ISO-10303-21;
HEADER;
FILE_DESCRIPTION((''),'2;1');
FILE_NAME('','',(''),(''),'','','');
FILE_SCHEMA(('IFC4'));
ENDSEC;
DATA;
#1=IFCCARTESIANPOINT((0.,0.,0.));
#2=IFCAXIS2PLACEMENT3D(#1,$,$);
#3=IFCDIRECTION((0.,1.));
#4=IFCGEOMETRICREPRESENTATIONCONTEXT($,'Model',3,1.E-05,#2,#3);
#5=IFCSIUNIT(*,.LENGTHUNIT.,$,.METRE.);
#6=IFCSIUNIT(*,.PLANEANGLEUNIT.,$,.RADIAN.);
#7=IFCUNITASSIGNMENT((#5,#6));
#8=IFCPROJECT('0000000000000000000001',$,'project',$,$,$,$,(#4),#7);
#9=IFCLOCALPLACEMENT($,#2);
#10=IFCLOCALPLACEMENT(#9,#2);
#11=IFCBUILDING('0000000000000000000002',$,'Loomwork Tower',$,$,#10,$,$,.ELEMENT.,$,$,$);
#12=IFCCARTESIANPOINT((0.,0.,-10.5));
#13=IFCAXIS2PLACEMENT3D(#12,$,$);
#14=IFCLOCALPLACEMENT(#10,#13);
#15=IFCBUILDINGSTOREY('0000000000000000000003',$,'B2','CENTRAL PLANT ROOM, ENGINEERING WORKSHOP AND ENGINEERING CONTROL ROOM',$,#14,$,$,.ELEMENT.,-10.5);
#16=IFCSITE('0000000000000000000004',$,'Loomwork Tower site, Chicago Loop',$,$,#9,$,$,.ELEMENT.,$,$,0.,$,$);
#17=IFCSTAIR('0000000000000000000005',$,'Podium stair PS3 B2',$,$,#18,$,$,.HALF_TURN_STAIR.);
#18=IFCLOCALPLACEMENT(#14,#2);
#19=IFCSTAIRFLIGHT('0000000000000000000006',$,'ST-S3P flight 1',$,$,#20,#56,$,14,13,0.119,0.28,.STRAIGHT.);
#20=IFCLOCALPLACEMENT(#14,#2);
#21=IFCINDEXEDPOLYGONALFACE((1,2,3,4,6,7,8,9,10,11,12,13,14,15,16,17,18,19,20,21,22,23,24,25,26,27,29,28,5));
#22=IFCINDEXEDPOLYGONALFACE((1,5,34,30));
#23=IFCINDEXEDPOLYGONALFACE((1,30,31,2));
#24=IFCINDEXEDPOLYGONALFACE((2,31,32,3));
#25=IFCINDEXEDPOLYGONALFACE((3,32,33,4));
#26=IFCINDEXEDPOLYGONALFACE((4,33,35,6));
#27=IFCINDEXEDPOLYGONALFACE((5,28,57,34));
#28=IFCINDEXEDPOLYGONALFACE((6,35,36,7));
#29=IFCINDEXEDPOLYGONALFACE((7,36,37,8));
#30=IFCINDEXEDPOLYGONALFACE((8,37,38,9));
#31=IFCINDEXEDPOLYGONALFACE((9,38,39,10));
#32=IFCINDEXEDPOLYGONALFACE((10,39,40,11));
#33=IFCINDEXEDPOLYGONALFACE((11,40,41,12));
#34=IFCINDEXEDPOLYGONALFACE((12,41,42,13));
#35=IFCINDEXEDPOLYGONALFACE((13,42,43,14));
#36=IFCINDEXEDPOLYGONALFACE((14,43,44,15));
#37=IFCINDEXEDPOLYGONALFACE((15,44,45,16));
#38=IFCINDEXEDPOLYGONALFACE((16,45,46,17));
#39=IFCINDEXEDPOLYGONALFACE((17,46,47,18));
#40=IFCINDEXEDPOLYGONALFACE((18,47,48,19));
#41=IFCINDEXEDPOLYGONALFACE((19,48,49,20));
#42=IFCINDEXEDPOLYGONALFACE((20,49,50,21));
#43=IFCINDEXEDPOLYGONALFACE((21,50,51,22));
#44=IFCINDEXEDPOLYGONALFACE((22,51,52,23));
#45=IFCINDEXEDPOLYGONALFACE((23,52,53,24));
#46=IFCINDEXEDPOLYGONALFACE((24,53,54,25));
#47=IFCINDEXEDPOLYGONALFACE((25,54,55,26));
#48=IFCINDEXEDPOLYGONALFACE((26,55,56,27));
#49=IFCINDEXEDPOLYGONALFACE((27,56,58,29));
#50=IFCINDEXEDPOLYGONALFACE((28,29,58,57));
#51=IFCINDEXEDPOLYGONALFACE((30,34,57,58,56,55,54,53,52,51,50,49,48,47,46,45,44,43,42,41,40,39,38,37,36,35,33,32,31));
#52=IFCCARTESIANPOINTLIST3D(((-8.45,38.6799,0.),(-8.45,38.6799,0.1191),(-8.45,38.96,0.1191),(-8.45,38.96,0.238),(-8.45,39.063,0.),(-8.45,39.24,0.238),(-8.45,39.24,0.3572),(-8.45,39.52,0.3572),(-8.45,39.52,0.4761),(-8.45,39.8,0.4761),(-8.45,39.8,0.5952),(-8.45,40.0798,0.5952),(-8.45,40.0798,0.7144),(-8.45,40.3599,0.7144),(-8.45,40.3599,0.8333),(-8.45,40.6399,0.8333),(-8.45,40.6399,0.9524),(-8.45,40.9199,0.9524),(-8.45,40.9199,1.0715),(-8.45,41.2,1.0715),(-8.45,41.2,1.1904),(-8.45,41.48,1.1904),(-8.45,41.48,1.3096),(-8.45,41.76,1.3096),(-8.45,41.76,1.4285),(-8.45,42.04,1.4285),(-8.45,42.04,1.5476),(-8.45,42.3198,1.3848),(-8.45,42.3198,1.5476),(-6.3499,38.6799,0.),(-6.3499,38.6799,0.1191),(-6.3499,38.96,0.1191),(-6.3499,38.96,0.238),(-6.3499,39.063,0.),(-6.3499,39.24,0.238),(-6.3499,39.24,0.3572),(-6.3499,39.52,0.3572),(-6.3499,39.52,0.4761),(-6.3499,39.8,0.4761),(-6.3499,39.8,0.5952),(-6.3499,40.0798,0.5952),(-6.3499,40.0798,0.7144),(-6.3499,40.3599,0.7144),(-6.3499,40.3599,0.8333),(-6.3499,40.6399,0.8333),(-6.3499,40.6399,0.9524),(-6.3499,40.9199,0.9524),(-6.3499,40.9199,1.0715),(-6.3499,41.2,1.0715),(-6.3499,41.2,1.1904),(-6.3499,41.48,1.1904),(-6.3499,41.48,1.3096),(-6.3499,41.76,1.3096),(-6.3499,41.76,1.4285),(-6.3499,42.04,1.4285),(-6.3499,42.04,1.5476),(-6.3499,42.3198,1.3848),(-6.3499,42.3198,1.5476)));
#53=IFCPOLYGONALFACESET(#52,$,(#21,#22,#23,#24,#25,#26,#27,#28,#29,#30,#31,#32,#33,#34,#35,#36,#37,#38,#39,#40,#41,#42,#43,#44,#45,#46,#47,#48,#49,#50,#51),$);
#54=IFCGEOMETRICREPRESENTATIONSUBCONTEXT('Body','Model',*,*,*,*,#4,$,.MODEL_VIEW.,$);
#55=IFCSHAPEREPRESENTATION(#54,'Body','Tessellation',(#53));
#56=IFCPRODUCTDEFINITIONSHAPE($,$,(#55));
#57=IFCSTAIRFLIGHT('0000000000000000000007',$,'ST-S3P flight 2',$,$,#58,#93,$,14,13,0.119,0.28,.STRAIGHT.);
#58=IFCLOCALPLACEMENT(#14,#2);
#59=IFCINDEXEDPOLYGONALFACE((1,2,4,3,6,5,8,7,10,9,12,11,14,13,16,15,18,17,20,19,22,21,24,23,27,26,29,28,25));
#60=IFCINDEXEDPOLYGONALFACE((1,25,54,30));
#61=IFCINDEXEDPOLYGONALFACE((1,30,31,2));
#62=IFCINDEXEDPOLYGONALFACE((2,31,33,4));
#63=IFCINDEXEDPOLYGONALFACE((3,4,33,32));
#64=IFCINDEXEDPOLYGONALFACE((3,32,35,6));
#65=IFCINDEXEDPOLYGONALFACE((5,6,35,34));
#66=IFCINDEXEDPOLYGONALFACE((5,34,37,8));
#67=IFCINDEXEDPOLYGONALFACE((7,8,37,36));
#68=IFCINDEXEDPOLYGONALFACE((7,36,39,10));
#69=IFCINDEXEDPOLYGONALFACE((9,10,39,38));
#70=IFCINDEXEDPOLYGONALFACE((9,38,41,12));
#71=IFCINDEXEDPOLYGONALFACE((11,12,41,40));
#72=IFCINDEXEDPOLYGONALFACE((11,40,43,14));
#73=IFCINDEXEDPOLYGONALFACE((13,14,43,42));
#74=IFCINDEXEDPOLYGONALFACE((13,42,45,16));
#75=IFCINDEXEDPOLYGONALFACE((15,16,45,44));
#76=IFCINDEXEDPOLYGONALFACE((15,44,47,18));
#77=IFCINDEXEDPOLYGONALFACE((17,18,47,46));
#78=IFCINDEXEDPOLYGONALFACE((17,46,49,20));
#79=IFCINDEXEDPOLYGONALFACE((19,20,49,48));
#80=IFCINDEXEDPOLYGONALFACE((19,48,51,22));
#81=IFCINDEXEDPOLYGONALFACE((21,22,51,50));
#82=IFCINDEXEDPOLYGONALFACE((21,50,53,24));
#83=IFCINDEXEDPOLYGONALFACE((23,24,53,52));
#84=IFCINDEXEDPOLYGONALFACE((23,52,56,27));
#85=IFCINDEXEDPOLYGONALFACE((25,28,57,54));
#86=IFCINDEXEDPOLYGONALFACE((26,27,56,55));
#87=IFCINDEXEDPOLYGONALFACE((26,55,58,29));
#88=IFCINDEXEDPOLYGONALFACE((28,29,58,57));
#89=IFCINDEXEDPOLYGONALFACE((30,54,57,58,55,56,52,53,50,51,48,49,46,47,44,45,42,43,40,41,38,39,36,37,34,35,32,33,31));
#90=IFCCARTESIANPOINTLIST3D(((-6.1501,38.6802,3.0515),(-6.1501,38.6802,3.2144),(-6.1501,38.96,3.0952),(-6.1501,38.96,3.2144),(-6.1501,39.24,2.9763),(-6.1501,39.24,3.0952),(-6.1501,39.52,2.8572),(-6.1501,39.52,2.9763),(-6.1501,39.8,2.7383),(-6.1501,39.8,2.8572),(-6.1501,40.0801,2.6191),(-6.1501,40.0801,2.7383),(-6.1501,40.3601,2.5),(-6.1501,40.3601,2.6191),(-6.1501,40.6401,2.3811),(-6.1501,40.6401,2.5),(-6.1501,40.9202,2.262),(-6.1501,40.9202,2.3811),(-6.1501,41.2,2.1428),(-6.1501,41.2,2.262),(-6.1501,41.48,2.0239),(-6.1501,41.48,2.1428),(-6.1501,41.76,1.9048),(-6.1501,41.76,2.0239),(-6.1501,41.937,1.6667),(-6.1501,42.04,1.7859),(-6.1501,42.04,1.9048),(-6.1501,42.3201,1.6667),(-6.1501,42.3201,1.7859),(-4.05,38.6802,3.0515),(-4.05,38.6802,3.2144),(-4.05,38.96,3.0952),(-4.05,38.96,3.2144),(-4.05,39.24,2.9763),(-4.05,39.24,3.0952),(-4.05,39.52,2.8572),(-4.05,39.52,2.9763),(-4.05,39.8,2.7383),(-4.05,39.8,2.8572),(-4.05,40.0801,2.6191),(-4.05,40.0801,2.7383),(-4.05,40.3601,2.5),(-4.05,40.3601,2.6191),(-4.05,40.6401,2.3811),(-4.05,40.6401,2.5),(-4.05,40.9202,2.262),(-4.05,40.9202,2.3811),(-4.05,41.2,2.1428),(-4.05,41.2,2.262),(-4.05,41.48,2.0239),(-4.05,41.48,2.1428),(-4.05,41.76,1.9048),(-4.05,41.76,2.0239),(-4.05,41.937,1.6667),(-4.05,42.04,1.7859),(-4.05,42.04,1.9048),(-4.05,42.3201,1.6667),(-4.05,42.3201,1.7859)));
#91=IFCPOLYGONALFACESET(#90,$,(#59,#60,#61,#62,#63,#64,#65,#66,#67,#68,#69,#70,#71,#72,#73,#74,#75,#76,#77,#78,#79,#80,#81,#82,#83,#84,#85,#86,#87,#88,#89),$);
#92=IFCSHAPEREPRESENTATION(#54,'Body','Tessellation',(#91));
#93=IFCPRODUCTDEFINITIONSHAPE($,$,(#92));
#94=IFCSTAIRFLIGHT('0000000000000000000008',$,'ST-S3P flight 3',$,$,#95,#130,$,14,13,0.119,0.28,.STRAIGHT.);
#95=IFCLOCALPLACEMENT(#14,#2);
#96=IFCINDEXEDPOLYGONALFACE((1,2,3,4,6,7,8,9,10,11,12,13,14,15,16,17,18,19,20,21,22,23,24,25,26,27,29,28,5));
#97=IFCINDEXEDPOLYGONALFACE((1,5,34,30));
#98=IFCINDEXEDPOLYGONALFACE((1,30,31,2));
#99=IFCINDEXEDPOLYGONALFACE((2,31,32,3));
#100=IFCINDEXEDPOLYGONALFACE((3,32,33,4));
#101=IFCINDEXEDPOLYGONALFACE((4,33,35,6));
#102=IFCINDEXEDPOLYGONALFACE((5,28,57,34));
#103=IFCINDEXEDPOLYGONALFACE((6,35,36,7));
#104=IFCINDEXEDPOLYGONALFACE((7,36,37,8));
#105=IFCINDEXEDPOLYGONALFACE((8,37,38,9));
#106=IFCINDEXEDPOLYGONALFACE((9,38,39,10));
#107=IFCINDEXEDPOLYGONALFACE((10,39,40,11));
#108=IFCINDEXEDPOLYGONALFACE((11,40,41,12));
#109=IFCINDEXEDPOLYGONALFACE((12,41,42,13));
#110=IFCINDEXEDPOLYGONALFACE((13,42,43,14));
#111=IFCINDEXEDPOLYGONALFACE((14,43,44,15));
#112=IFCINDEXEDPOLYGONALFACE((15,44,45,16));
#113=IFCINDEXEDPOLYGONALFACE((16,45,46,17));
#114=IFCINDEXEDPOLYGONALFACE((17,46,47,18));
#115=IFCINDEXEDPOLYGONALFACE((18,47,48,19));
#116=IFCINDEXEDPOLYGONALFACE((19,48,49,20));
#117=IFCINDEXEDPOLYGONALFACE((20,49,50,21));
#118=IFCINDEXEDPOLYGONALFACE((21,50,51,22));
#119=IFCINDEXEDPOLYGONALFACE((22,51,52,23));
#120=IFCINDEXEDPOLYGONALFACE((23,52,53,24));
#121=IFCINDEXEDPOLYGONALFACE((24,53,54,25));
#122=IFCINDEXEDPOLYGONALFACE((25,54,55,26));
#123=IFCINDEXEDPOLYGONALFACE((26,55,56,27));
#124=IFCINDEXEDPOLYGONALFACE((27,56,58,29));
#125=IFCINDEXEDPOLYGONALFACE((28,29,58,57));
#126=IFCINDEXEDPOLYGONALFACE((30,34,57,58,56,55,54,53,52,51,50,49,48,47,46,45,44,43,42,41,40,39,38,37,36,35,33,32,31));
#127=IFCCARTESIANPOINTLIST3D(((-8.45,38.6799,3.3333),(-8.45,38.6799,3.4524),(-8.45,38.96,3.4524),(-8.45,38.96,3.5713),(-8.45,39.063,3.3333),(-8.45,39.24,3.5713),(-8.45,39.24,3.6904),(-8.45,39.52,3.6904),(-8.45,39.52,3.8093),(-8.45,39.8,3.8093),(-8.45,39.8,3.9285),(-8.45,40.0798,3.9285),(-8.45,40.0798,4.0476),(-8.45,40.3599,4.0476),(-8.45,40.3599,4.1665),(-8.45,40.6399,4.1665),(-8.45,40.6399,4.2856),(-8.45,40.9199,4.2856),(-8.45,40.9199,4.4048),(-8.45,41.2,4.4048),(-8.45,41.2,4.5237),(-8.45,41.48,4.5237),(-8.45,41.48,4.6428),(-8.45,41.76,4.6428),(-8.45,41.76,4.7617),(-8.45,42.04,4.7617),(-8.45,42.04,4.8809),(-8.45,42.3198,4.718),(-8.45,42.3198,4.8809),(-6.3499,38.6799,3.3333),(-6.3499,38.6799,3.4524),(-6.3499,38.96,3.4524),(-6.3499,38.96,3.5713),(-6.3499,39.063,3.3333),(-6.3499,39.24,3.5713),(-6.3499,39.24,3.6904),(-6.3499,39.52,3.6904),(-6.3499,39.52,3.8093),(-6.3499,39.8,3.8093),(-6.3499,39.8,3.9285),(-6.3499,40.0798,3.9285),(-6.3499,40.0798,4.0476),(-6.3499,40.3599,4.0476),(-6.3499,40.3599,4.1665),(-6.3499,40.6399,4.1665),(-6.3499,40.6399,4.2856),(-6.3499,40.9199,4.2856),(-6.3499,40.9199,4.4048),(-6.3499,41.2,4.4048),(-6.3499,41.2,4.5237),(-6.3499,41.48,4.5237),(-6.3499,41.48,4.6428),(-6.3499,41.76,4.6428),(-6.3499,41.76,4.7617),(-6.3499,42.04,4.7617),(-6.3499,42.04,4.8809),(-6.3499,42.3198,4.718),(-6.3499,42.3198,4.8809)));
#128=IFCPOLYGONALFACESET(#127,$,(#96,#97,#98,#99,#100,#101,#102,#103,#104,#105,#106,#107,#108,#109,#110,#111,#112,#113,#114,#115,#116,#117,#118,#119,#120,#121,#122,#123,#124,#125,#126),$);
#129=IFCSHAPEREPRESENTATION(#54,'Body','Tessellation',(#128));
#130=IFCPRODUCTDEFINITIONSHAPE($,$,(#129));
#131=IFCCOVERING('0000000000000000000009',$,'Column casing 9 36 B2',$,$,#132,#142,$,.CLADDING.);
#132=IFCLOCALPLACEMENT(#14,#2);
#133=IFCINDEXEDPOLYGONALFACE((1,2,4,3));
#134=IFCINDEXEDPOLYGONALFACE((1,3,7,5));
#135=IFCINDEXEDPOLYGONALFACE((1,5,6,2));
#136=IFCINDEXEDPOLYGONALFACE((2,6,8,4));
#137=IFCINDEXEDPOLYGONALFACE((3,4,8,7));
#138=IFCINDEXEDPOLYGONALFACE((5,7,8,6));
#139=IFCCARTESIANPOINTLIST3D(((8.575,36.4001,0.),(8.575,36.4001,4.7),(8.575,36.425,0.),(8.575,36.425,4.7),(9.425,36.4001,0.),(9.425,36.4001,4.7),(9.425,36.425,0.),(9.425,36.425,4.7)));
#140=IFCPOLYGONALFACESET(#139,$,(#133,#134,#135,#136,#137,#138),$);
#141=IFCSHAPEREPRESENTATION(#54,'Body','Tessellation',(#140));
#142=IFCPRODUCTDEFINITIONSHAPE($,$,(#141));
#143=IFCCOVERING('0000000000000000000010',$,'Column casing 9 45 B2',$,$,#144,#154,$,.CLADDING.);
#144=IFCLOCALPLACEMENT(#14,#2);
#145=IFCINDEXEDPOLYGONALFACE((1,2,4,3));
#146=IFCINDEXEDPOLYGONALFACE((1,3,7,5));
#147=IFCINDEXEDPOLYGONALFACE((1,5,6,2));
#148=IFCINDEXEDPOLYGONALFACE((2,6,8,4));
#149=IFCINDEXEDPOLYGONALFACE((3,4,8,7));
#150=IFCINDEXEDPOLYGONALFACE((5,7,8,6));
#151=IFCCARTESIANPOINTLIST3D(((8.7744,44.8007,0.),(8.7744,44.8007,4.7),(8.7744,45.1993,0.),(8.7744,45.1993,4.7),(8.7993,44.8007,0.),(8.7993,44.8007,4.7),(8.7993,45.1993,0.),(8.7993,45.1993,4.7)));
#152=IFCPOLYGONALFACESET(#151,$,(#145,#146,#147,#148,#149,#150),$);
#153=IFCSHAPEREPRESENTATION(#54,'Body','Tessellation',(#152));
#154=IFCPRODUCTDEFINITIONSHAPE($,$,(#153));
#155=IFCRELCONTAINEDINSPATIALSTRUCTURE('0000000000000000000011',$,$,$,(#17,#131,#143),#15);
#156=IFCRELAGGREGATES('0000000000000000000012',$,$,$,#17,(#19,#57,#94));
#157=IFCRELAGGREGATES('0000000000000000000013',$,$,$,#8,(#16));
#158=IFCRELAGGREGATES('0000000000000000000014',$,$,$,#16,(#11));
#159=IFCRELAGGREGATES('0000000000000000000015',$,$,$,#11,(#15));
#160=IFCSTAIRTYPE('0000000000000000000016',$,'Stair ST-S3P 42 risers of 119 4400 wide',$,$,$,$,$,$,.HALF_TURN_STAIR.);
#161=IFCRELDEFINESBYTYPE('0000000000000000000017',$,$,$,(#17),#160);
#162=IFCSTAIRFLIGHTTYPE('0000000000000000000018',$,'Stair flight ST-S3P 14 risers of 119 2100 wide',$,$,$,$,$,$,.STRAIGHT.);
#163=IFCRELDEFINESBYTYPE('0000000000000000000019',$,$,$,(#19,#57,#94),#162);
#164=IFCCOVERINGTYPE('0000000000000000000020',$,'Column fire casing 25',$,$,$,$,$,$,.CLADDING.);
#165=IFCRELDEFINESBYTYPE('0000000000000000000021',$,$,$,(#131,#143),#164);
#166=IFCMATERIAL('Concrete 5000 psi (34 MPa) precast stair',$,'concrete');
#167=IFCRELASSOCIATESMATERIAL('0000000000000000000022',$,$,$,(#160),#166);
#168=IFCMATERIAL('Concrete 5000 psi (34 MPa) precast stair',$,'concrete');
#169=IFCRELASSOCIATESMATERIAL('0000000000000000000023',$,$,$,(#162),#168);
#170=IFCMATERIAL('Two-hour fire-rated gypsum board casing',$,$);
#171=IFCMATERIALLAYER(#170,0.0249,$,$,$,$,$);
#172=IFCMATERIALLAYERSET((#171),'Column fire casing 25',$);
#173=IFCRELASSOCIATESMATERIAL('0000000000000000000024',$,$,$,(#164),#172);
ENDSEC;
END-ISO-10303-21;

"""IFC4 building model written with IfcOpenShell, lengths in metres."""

from ifc_helpers import new_model, si_unit, direction, frame, origin, origin_2d, place, context, subcontext, project, spatial, polyline, rectangle, outline, extrude, material, layer, layer_set, type_object, element, aggregate, save


model = new_model("IFC4")

# Units and contexts
model_context = context("Model", 3, precision=1e-05, world=origin(), true_north=direction((0.0, 1.0)))
body_context = subcontext(model_context, "Body", "Model", "MODEL_VIEW")
ifc_project = project(units=[si_unit("LENGTHUNIT", "METRE"), si_unit("PLANEANGLEUNIT", "RADIAN")], contexts=[model_context])

# Site, building, storey
site_placement = place(None, origin())
site = spatial("IfcSite", under=ifc_project, at=site_placement, Name="Loomwork Tower site, Chicago Loop", CompositionType="ELEMENT", RefElevation=0.0)
building_placement = place(site_placement, origin())
building = spatial("IfcBuilding", under=site, at=building_placement, Name="Loomwork Tower", CompositionType="ELEMENT")
storey_placement = place(building_placement, frame((0.0, 0.0, -10.5)))
storey = spatial("IfcBuildingStorey", under=building, at=storey_placement, Name="B2", Description="CENTRAL PLANT ROOM, ENGINEERING WORKSHOP AND ENGINEERING CONTROL ROOM", CompositionType="ELEMENT", Elevation=-10.5)

# Stair, stair flights
ifc_material_1 = material(Name="Concrete 5000 psi (34 MPa) precast stair", Category="concrete")
stair_type = type_object("IfcStairType", Name="Stair ST-S3P 42 risers of 119 4400 wide", PredefinedType="HALF_TURN_STAIR", material=ifc_material_1)
stair_placement = place(storey_placement, origin())
stair = element("IfcStair", 1, at=stair_placement, inside=storey, type_object=stair_type, Name="Podium stair PS3 B2", PredefinedType="HALF_TURN_STAIR")
ifc_material_2 = material(Name="Concrete 5000 psi (34 MPa) precast stair", Category="concrete")
stair_flight_type = type_object("IfcStairFlightType", Name="Stair flight ST-S3P 14 risers of 119 2100 wide", PredefinedType="STRAIGHT", material=ifc_material_2)
stair_flight_1_placement = place(storey_placement, frame((-7.3999, 38.6799, 0.0), z_axis=(0.0, 0.0, 1.0), x_axis=(0.0, 1.0, 0.0)))
stair_flight_1 = element("IfcStairFlight", 2, at=stair_flight_1_placement, type_object=stair_flight_type, Name="ST-S3P flight 1", NumberOfRisers=14, NumberOfTreads=13, PredefinedType="STRAIGHT", RiserHeight=0.119, TreadLength=0.28, context=body_context, shape_type="SweptSolid", body=[
    extrude(outline(polyline([(0.0, 0.0), (0.0, 0.1191), (0.28, 0.1191), (0.28, 0.238), (0.5601, 0.238), (0.5601, 0.3572), (0.8401, 0.3572), (0.8401, 0.4761), (1.1201, 0.4761), (1.1201, 0.5952), (1.3999, 0.5952), (1.3999, 0.7144), (1.6799, 0.7144), (1.6799, 0.8333), (1.96, 0.8333), (1.96, 0.9524), (2.24, 0.9524), (2.24, 1.0715), (2.52, 1.0715), (2.52, 1.1904), (2.8, 1.1904), (2.8, 1.3096), (3.0801, 1.3096), (3.0801, 1.4285), (3.3601, 1.4285), (3.3601, 1.5476), (3.6399, 1.5476), (3.6399, 1.6667), (3.6399, 1.3848), (0.3831, 0.0), (0.0, 0.0)])), frame((0.0, 1.05, 0.0), z_axis=(0.0, -1.0, 0.0), x_axis=(1.0, 0.0, 0.0)), (0.0, 0.0, 1.0), 2.1001),
])
stair_flight_2_placement = place(storey_placement, frame((-5.1001, 42.3201, 1.6667), z_axis=(0.0, 0.0, 1.0), x_axis=(0.0, -1.0, 0.0)))
stair_flight_2 = element("IfcStairFlight", 3, at=stair_flight_2_placement, type_object=stair_flight_type, Name="ST-S3P flight 2", NumberOfRisers=14, NumberOfTreads=13, PredefinedType="STRAIGHT", RiserHeight=0.119, TreadLength=0.28, context=body_context, shape_type="SweptSolid", body=[
    extrude(outline(polyline([(0.0, 0.0), (0.0, 0.1191), (0.28, 0.1191), (0.28, 0.238), (0.5601, 0.238), (0.5601, 0.3572), (0.8401, 0.3572), (0.8401, 0.4761), (1.1201, 0.4761), (1.1201, 0.5952), (1.3999, 0.5952), (1.3999, 0.7144), (1.6799, 0.7144), (1.6799, 0.8333), (1.96, 0.8333), (1.96, 0.9524), (2.24, 0.9524), (2.24, 1.0715), (2.52, 1.0715), (2.52, 1.1904), (2.8, 1.1904), (2.8, 1.3096), (3.0801, 1.3096), (3.0801, 1.4285), (3.3601, 1.4285), (3.3601, 1.5476), (3.6399, 1.5476), (3.6399, 1.6667), (3.6399, 1.3848), (0.3831, 0.0), (0.0, 0.0)])), frame((0.0, 1.05, 0.0), z_axis=(0.0, -1.0, 0.0), x_axis=(1.0, 0.0, 0.0)), (0.0, 0.0, 1.0), 2.1001),
])
stair_flight_3_placement = place(storey_placement, frame((-7.3999, 38.6799, 3.3333), z_axis=(0.0, 0.0, 1.0), x_axis=(0.0, 1.0, 0.0)))
stair_flight_3 = element("IfcStairFlight", 4, at=stair_flight_3_placement, type_object=stair_flight_type, Name="ST-S3P flight 3", NumberOfRisers=14, NumberOfTreads=13, PredefinedType="STRAIGHT", RiserHeight=0.119, TreadLength=0.28, context=body_context, shape_type="SweptSolid", body=[
    extrude(outline(polyline([(0.0, 0.0), (0.0, 0.1191), (0.28, 0.1191), (0.28, 0.238), (0.5601, 0.238), (0.5601, 0.3572), (0.8401, 0.3572), (0.8401, 0.4761), (1.1201, 0.4761), (1.1201, 0.5952), (1.3999, 0.5952), (1.3999, 0.7144), (1.6799, 0.7144), (1.6799, 0.8333), (1.96, 0.8333), (1.96, 0.9524), (2.24, 0.9524), (2.24, 1.0715), (2.52, 1.0715), (2.52, 1.1904), (2.8, 1.1904), (2.8, 1.3096), (3.0801, 1.3096), (3.0801, 1.4285), (3.3601, 1.4285), (3.3601, 1.5476), (3.6399, 1.5476), (3.6399, 1.6667), (3.6399, 1.3848), (0.3831, 0.0), (0.0, 0.0)])), frame((0.0, 1.05, 0.0), z_axis=(0.0, -1.0, 0.0), x_axis=(1.0, 0.0, 0.0)), (0.0, 0.0, 1.0), 2.1001),
])
aggregate(stair, [stair_flight_1, stair_flight_2, stair_flight_3])

# Coverings
ifc_material_3 = material(Name="Two-hour fire-rated gypsum board casing")
ifc_layer_1 = layer(ifc_material_3, 0.0249)
ifc_layer_set_1 = layer_set([ifc_layer_1], Name="Column fire casing 25")
covering_type = type_object("IfcCoveringType", Name="Column fire casing 25", PredefinedType="CLADDING", material=ifc_layer_set_1)
covering_1_placement = place(storey_placement, frame((9.0, 36.4126, 0.0), z_axis=(0.0, 0.0, 1.0), x_axis=(1.0, 0.0, 0.0)))
element("IfcCovering", 5, at=covering_1_placement, inside=storey, type_object=covering_type, Name="Column casing 9 36 B2", PredefinedType="CLADDING", context=body_context, shape_type="SweptSolid", body=[
    extrude(rectangle(XDim=0.8501, YDim=0.0249, at=origin_2d()), origin(), (0.0, 0.0, 1.0), 4.7),
])
covering_2_placement = place(storey_placement, frame((8.7869, 45.0, 0.0), z_axis=(0.0, 0.0, 1.0), x_axis=(1.0, 0.0, 0.0)))
element("IfcCovering", 6, at=covering_2_placement, inside=storey, type_object=covering_type, Name="Column casing 9 45 B2", PredefinedType="CLADDING", context=body_context, shape_type="SweptSolid", body=[
    extrude(rectangle(XDim=0.0249, YDim=0.3987, at=origin_2d()), origin(), (0.0, 0.0, 1.0), 4.7),
])

save(model, "model.ifc")
